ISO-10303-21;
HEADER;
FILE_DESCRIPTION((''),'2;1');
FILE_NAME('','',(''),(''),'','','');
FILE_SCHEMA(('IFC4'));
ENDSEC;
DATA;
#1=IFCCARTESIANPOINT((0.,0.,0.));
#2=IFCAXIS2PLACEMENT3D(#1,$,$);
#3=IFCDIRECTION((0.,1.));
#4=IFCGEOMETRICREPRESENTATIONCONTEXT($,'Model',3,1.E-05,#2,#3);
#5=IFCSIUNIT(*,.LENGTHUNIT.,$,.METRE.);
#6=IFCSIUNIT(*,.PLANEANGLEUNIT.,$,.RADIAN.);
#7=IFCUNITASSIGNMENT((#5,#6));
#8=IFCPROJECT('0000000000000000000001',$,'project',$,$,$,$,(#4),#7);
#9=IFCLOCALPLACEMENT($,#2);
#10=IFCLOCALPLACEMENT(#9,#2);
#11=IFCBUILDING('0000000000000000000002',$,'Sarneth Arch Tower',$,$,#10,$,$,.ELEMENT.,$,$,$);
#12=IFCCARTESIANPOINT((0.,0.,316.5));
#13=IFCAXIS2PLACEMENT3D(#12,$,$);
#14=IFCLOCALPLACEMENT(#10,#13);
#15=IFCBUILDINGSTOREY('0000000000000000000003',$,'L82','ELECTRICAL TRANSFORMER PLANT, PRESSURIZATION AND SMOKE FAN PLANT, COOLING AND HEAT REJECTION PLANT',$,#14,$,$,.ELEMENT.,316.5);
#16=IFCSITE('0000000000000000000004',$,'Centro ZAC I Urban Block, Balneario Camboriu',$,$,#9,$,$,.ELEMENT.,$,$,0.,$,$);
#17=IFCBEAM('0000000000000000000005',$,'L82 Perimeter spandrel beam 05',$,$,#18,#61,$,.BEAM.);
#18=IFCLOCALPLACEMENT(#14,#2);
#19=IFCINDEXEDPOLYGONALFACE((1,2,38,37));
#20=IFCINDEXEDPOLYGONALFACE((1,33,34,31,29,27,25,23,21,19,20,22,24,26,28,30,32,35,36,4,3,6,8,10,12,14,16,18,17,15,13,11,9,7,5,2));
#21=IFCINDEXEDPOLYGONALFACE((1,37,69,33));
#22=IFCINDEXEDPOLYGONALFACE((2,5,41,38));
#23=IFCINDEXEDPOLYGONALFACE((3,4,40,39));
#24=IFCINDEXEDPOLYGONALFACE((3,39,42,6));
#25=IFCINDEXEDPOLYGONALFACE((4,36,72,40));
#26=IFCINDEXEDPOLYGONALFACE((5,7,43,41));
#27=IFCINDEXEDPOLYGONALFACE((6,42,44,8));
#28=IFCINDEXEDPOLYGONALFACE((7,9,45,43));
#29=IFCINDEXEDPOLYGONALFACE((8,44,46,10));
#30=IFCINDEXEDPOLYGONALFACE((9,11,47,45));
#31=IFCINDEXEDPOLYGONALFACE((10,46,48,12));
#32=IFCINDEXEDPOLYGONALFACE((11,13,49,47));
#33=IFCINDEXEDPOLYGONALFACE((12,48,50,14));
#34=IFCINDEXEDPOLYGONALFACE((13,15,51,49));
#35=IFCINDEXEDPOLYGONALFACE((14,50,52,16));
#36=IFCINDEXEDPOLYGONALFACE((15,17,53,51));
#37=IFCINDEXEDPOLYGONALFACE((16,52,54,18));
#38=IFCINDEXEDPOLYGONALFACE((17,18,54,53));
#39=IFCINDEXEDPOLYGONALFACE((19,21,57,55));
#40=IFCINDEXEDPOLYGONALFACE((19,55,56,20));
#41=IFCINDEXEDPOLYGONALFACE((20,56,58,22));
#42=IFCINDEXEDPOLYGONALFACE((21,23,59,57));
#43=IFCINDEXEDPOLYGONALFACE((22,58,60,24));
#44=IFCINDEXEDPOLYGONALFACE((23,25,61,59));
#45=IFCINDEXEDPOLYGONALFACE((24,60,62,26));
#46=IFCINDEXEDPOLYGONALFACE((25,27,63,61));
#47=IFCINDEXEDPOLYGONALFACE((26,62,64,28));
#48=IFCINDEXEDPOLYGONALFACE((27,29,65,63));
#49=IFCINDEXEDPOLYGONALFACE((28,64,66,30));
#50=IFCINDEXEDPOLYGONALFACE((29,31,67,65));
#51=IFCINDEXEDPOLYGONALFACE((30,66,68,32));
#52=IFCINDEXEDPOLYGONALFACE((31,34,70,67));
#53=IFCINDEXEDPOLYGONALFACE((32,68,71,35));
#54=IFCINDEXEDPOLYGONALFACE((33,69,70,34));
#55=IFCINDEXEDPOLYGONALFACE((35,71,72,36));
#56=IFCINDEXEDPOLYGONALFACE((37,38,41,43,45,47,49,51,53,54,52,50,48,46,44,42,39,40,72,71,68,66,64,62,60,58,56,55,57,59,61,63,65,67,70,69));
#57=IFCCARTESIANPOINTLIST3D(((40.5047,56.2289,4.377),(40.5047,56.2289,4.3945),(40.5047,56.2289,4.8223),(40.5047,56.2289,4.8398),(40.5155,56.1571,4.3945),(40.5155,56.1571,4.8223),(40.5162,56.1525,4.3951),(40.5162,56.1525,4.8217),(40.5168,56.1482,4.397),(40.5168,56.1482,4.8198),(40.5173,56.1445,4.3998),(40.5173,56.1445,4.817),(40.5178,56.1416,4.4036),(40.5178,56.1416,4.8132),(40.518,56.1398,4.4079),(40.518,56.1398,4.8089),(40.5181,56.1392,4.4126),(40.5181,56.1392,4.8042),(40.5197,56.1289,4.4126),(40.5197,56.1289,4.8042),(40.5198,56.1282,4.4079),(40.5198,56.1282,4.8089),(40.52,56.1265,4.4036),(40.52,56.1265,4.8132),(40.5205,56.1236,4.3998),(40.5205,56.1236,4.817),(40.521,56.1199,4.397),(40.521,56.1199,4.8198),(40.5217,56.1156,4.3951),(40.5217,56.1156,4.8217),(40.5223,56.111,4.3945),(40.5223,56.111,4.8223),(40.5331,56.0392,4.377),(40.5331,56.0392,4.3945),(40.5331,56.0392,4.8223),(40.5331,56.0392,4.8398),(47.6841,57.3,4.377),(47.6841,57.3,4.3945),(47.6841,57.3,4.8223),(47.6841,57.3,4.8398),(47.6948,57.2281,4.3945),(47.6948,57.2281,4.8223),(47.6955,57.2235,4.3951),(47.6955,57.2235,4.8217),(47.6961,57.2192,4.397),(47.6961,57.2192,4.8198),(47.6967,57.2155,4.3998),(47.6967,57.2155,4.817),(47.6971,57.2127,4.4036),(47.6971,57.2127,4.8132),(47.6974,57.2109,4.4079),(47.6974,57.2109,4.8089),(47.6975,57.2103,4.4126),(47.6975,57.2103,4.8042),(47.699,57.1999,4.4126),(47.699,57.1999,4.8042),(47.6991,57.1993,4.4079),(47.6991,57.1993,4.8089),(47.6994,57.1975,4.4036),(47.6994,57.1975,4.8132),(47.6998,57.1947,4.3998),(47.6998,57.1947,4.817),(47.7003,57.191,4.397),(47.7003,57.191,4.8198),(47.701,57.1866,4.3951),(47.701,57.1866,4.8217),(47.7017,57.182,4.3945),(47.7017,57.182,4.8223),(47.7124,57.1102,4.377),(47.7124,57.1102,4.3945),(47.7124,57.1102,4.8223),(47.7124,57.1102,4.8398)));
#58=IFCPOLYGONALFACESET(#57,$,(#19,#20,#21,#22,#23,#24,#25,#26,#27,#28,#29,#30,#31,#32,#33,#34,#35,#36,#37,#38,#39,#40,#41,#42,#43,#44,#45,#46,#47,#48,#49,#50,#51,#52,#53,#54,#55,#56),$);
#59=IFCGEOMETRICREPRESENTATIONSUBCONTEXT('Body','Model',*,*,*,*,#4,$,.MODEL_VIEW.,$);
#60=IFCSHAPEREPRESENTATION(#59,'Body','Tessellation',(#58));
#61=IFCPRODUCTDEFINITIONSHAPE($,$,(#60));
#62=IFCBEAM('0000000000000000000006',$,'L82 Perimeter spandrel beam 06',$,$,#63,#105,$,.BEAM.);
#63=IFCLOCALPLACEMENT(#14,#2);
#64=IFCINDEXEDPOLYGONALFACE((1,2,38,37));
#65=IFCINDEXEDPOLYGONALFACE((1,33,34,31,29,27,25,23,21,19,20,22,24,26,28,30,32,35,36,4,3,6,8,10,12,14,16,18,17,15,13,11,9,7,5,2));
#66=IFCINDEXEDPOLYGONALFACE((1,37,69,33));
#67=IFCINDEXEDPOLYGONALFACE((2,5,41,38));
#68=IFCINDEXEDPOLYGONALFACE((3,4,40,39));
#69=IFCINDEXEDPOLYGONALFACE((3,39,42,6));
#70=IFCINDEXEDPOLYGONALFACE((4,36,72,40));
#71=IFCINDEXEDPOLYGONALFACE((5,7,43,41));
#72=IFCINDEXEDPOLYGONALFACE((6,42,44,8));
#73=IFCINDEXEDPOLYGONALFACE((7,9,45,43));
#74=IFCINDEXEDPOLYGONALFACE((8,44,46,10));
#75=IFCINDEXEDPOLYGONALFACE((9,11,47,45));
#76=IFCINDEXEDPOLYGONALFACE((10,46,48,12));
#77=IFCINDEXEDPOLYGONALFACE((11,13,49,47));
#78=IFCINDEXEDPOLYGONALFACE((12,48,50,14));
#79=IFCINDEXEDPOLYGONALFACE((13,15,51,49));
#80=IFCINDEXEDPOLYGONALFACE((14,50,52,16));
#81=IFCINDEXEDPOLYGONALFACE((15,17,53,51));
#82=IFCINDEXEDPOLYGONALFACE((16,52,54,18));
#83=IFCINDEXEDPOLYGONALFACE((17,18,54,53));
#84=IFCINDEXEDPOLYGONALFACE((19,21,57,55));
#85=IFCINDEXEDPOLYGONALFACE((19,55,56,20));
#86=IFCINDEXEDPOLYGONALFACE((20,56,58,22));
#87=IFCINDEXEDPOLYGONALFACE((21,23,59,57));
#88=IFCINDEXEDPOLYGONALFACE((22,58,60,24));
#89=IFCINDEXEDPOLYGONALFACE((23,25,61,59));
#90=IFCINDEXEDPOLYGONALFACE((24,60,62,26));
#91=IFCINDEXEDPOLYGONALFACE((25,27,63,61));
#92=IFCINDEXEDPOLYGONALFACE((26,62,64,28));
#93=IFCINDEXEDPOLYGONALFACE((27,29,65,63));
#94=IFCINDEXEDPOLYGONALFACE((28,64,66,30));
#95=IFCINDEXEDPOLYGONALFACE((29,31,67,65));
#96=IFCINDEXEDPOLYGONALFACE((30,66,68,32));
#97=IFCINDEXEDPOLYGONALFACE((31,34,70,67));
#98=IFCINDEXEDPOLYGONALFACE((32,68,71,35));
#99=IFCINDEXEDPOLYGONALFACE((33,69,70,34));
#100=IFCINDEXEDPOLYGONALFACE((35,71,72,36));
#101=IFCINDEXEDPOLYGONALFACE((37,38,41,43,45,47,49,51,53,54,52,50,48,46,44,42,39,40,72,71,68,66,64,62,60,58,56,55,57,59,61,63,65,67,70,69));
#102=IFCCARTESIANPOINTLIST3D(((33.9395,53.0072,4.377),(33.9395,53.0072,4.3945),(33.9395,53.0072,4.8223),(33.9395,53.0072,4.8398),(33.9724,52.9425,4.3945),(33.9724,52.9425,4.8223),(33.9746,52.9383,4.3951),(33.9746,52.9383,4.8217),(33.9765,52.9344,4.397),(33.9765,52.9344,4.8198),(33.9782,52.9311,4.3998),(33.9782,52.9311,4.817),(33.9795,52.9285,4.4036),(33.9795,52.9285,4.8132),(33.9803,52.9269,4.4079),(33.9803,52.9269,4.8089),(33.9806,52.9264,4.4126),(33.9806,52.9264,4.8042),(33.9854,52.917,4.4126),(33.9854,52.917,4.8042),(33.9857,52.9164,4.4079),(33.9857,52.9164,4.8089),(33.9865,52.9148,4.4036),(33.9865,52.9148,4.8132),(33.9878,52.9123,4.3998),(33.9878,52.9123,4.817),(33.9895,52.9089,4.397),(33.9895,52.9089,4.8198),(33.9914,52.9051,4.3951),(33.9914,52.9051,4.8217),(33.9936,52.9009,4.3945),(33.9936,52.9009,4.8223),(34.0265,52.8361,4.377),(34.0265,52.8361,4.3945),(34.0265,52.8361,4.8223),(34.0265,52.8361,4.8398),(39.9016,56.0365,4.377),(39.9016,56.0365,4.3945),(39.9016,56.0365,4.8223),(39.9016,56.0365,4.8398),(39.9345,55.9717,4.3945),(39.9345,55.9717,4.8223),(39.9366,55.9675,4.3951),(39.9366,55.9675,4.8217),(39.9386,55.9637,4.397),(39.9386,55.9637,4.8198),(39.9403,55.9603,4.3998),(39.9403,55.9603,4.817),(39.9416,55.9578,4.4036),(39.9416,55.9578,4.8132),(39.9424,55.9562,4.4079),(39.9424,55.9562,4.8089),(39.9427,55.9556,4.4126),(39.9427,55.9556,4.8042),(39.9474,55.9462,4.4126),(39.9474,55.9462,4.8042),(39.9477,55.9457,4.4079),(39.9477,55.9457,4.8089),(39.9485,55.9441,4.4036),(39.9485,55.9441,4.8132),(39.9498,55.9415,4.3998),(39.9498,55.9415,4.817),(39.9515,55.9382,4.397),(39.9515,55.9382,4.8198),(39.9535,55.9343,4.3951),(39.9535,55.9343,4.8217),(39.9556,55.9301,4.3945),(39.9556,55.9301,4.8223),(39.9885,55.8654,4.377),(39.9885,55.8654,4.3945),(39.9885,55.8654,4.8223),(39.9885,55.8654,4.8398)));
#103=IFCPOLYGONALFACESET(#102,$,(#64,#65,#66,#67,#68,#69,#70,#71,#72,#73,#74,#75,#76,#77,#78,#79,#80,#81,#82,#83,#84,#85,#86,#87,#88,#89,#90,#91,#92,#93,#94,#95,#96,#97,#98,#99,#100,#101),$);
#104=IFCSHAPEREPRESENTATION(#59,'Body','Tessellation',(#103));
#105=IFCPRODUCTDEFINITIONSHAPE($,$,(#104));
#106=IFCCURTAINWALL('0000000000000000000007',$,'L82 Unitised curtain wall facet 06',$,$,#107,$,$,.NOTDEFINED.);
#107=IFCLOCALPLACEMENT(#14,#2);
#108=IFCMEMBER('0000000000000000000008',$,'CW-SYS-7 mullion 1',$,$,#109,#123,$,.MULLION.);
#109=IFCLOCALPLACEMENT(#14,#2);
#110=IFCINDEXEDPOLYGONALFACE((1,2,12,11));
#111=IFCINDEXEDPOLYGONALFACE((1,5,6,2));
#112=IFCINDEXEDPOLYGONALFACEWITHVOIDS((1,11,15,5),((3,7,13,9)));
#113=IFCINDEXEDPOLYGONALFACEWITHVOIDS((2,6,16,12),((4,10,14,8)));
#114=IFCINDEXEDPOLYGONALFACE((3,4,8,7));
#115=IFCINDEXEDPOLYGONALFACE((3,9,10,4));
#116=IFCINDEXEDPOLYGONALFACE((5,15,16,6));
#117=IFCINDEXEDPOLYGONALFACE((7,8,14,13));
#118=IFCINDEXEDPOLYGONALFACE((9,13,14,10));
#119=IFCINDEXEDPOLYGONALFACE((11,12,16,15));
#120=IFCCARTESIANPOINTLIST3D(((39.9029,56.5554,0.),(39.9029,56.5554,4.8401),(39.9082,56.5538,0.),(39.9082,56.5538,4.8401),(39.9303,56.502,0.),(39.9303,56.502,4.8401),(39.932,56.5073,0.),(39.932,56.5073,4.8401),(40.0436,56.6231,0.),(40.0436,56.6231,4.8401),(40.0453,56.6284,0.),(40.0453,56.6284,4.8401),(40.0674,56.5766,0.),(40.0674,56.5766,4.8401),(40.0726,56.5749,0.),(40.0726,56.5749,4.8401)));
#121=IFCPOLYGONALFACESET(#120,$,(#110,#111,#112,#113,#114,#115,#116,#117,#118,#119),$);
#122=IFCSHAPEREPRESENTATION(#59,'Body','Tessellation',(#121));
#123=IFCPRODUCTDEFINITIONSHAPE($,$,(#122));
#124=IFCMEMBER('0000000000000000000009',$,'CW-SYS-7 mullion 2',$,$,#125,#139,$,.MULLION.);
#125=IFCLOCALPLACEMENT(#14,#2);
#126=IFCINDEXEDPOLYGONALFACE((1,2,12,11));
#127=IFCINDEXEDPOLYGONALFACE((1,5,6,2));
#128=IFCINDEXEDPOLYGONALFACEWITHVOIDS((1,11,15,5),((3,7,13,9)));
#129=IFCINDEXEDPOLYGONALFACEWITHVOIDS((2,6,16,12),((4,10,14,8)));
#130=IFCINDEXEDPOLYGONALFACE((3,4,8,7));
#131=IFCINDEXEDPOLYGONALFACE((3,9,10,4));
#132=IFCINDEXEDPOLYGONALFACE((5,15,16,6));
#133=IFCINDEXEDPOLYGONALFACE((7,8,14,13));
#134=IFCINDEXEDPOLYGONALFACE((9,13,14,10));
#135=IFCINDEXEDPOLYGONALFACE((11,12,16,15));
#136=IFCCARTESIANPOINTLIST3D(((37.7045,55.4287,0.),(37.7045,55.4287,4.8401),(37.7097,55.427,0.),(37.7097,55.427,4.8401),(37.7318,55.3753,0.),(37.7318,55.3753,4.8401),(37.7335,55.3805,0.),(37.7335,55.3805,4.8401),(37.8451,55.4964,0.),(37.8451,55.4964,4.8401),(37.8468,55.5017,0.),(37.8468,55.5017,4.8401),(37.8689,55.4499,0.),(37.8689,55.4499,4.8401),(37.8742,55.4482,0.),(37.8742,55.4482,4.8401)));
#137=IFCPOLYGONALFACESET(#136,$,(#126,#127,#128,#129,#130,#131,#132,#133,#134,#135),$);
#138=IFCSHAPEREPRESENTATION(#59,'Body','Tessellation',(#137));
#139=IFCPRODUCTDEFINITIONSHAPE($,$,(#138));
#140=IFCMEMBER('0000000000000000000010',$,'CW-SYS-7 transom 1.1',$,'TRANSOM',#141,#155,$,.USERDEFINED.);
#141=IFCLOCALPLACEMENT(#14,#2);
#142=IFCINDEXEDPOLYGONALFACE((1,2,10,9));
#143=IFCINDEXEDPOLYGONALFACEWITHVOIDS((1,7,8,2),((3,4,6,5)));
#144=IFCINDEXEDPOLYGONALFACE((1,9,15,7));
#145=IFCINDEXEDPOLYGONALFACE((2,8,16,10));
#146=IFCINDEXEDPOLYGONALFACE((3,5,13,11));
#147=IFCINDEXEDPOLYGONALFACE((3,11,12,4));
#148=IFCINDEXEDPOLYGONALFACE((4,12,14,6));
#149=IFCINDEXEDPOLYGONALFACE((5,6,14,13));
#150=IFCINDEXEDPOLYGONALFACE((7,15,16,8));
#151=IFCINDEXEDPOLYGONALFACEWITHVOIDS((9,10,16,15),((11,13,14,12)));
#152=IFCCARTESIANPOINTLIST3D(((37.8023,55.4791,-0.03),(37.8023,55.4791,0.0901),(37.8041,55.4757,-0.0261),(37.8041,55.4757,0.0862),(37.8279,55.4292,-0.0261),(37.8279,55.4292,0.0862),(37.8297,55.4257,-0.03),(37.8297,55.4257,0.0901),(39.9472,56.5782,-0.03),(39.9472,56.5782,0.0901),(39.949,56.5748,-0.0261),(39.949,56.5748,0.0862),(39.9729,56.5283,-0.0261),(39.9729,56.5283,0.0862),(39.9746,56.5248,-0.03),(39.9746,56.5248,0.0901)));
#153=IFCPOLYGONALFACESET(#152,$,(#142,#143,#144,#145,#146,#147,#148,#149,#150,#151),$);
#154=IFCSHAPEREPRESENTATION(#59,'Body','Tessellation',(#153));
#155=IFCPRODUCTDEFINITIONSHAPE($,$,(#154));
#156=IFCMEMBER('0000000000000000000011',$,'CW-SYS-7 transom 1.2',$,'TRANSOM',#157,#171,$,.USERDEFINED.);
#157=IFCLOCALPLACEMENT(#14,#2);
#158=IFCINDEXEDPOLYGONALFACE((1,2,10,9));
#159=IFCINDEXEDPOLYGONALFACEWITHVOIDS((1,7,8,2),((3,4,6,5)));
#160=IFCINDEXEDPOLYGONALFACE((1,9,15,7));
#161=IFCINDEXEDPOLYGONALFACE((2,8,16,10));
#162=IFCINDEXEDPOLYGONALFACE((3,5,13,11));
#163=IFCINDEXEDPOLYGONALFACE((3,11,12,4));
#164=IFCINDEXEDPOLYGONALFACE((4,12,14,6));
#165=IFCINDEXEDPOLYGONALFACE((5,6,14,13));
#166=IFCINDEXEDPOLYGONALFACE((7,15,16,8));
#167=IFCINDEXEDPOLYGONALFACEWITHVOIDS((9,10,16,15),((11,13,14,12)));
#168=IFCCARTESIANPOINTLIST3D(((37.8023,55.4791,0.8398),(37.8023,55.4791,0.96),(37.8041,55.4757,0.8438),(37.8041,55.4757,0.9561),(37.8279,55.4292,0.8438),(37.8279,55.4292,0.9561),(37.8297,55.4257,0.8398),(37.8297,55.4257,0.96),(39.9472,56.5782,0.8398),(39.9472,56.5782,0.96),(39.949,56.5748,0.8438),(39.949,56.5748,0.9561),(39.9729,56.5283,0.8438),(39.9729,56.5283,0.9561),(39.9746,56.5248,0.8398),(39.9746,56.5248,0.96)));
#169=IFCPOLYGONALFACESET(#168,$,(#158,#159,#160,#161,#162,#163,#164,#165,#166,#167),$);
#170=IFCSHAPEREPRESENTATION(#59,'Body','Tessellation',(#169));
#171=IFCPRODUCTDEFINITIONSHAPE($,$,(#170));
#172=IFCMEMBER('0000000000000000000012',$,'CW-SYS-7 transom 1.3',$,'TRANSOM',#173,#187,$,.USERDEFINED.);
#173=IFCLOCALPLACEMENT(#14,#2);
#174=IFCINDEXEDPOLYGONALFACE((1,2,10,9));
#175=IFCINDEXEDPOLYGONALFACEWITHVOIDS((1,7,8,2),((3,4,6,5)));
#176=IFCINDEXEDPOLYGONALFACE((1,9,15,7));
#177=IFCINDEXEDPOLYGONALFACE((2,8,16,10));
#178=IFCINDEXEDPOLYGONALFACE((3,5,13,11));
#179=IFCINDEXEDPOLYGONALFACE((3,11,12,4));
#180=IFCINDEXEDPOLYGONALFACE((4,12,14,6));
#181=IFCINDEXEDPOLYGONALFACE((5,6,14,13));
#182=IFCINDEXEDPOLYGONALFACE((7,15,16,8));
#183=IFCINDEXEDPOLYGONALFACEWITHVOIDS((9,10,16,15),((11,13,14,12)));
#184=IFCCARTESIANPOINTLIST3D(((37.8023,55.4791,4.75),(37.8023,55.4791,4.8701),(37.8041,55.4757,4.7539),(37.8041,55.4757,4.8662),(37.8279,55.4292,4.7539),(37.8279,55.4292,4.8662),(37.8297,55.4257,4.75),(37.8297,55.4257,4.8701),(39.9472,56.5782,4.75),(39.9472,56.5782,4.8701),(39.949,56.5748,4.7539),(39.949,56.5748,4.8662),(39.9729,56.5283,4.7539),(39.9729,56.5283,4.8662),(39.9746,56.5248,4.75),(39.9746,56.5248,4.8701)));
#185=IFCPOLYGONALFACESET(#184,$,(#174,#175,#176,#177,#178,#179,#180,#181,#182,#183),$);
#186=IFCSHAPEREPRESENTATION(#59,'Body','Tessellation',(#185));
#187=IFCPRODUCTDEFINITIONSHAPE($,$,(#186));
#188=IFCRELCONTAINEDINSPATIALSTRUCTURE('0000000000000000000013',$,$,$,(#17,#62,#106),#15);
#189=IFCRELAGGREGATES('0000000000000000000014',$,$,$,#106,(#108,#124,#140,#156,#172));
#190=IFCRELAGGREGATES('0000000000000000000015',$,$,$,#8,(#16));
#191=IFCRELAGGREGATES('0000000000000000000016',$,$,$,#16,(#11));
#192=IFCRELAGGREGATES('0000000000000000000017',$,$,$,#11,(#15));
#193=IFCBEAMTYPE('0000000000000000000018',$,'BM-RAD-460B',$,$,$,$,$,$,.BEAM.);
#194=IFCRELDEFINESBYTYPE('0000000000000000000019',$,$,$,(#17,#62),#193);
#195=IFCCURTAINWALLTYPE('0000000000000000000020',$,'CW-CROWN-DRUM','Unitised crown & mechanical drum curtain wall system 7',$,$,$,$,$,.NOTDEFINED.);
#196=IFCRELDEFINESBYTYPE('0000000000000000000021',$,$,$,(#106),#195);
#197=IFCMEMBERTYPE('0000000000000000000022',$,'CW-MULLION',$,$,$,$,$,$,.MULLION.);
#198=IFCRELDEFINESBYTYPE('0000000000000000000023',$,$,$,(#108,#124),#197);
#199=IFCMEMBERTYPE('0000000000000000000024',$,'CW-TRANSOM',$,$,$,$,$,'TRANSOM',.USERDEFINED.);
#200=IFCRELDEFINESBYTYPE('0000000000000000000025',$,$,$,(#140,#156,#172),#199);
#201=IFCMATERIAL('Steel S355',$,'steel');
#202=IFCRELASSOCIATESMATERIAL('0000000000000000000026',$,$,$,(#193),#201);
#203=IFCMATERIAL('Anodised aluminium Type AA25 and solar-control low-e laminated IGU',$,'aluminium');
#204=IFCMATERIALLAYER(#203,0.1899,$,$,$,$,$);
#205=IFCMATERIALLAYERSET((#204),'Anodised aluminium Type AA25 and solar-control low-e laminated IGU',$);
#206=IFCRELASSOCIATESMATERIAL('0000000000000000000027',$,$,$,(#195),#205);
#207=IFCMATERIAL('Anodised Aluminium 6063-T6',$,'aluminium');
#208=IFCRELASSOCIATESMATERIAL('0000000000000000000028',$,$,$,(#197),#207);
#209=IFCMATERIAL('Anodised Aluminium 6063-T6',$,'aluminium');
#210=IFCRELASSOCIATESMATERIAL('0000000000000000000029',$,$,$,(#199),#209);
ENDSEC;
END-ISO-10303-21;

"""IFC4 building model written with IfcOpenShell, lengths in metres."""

from ifc_helpers import new_model, si_unit, direction, frame, origin, origin_2d, place, context, subcontext, project, spatial, hollow_rectangle, i_section, extrude, material, layer, layer_set, material_profile, profile_set, type_object, element, aggregate, save


model = new_model("IFC4")

# Units and contexts
model_context = context("Model", 3, precision=1e-05, world=origin(), true_north=direction((0.0, 1.0)))
body_context = subcontext(model_context, "Body", "Model", "MODEL_VIEW")
ifc_project = project(units=[si_unit("LENGTHUNIT", "METRE"), si_unit("PLANEANGLEUNIT", "RADIAN")], contexts=[model_context])

# Site, building, storey
site_placement = place(None, origin())
site = spatial("IfcSite", under=ifc_project, at=site_placement, Name="Centro ZAC I Urban Block, Balneario Camboriu", CompositionType="ELEMENT", RefElevation=0.0)
building_placement = place(site_placement, origin())
building = spatial("IfcBuilding", under=site, at=building_placement, Name="Sarneth Arch Tower", CompositionType="ELEMENT")
storey_placement = place(building_placement, frame((0.0, 0.0, 316.5)))
storey = spatial("IfcBuildingStorey", under=building, at=storey_placement, Name="L82", Description="ELECTRICAL TRANSFORMER PLANT, PRESSURIZATION AND SMOKE FAN PLANT, COOLING AND HEAT REJECTION PLANT", CompositionType="ELEMENT", Elevation=316.5)

# Beams
ifc_material_1 = material(Name="Steel S355", Category="steel")
ifc_material_profile_1 = material_profile(ifc_material_1, i_section(OverallWidth=0.1919, OverallDepth=0.4629, WebThickness=0.0105, FlangeThickness=0.0176, FilletRadius=0.0181, at=origin_2d()), Name="W460x89")
ifc_profile_set_1 = profile_set([ifc_material_profile_1], Name="Steel S355")
beam_type_1 = type_object("IfcBeamType", Name="BM-RAD-460B", PredefinedType="BEAM", material=ifc_profile_set_1)
beam_1_placement = place(storey_placement, frame((47.6982, 57.2051, 4.6084), z_axis=(-0.989055, -0.147549, 0.0), x_axis=(0.147549, -0.989055, 0.0)))
element("IfcBeam", 1, at=beam_1_placement, inside=storey, type_object=beam_type_1, Name="L82 Perimeter spandrel beam 05", PredefinedType="BEAM", context=body_context, shape_type="SweptSolid", body=[
    extrude(i_section(OverallWidth=0.1919, OverallDepth=0.4629, WebThickness=0.0105, FlangeThickness=0.0176, FilletRadius=0.0181, at=origin_2d()), origin(), (0.0, 0.0, 1.0), 7.2588),
])
beam_2_placement = place(storey_placement, frame((39.9451, 55.9509, 4.6084), z_axis=(-0.891525, -0.452972, 0.0), x_axis=(0.452972, -0.891525, 0.0)))
element("IfcBeam", 2, at=beam_2_placement, inside=storey, type_object=beam_type_1, Name="L82 Perimeter spandrel beam 06", PredefinedType="BEAM", context=body_context, shape_type="SweptSolid", body=[
    extrude(i_section(OverallWidth=0.1919, OverallDepth=0.4629, WebThickness=0.0105, FlangeThickness=0.0176, FilletRadius=0.0181, at=origin_2d()), origin(), (0.0, 0.0, 1.0), 6.6875),
])

# Curtain wall, members
ifc_material_2 = material(Name="Anodised aluminium Type AA25 and solar-control low-e laminated IGU", Category="aluminium")
ifc_layer_1 = layer(ifc_material_2, 0.1899)
ifc_layer_set_1 = layer_set([ifc_layer_1], Name="Anodised aluminium Type AA25 and solar-control low-e laminated IGU")
curtain_wall_type = type_object("IfcCurtainWallType", Name="CW-CROWN-DRUM", Description="Unitised crown & mechanical drum curtain wall system 7", PredefinedType="NOTDEFINED", material=ifc_layer_set_1)
curtain_wall_placement = place(storey_placement, origin())
curtain_wall = element("IfcCurtainWall", 3, at=curtain_wall_placement, inside=storey, type_object=curtain_wall_type, Name="L82 Unitised curtain wall facet 06", PredefinedType="NOTDEFINED")
ifc_material_3 = material(Name="Anodised Aluminium 6063-T6", Category="aluminium")
ifc_material_profile_2 = material_profile(ifc_material_3, hollow_rectangle(XDim=0.0601, YDim=0.1599, WallThickness=0.0039, at=origin_2d()), Name="AL-MULL-160x60x4")
ifc_profile_set_2 = profile_set([ifc_material_profile_2], Name="Anodised Aluminium 6063-T6")
member_type_1 = type_object("IfcMemberType", Name="CW-MULLION", PredefinedType="MULLION", material=ifc_profile_set_2)
member_1_placement = place(storey_placement, frame((39.9878, 56.5652, 0.0), z_axis=(0.0, 0.0, 1.0), x_axis=(0.45604, -0.889959, 0.0)))
member_1 = element("IfcMember", 4, at=member_1_placement, type_object=member_type_1, Name="CW-SYS-7 mullion 1", PredefinedType="MULLION", context=body_context, shape_type="SweptSolid", body=[
    extrude(hollow_rectangle(XDim=0.0601, YDim=0.1599, WallThickness=0.0039, at=origin_2d()), origin(), (0.0, 0.0, 1.0), 4.8401),
])
member_2_placement = place(storey_placement, frame((37.7893, 55.4385, 0.0), z_axis=(0.0, 0.0, 1.0), x_axis=(0.45604, -0.889959, 0.0)))
member_2 = element("IfcMember", 5, at=member_2_placement, type_object=member_type_1, Name="CW-SYS-7 mullion 2", PredefinedType="MULLION", context=body_context, shape_type="SweptSolid", body=[
    extrude(hollow_rectangle(XDim=0.0601, YDim=0.1599, WallThickness=0.0039, at=origin_2d()), origin(), (0.0, 0.0, 1.0), 4.8401),
])
ifc_material_4 = material(Name="Anodised Aluminium 6063-T6", Category="aluminium")
ifc_material_profile_3 = material_profile(ifc_material_4, hollow_rectangle(XDim=0.0601, YDim=0.1201, WallThickness=0.0039, at=origin_2d()), Name="AL-TRAN-120x60x4")
ifc_profile_set_3 = profile_set([ifc_material_profile_3], Name="Anodised Aluminium 6063-T6")
member_type_2 = type_object("IfcMemberType", Name="CW-TRANSOM", ElementType="TRANSOM", PredefinedType="USERDEFINED", material=ifc_profile_set_3)
member_3_placement = place(storey_placement, frame((39.9609, 56.5515, 0.03), z_axis=(-0.889967, -0.456025, 0.0), x_axis=(0.456025, -0.889967, 0.0)))
member_3 = element("IfcMember", 6, at=member_3_placement, type_object=member_type_2, Name="CW-SYS-7 transom 1.1", ObjectType="TRANSOM", PredefinedType="USERDEFINED", context=body_context, shape_type="SweptSolid", body=[
    extrude(hollow_rectangle(XDim=0.0601, YDim=0.1201, WallThickness=0.0039, at=origin_2d()), origin(), (0.0, 0.0, 1.0), 2.4102),
])
member_4_placement = place(storey_placement, frame((39.9609, 56.5515, 0.8999), z_axis=(-0.889967, -0.456025, 0.0), x_axis=(0.456025, -0.889967, 0.0)))
member_4 = element("IfcMember", 7, at=member_4_placement, type_object=member_type_2, Name="CW-SYS-7 transom 1.2", ObjectType="TRANSOM", PredefinedType="USERDEFINED", context=body_context, shape_type="SweptSolid", body=[
    extrude(hollow_rectangle(XDim=0.0601, YDim=0.1201, WallThickness=0.0039, at=origin_2d()), origin(), (0.0, 0.0, 1.0), 2.4102),
])
member_5_placement = place(storey_placement, frame((39.9609, 56.5515, 4.8101), z_axis=(-0.889967, -0.456025, 0.0), x_axis=(0.456025, -0.889967, 0.0)))
member_5 = element("IfcMember", 8, at=member_5_placement, type_object=member_type_2, Name="CW-SYS-7 transom 1.3", ObjectType="TRANSOM", PredefinedType="USERDEFINED", context=body_context, shape_type="SweptSolid", body=[
    extrude(hollow_rectangle(XDim=0.0601, YDim=0.1201, WallThickness=0.0039, at=origin_2d()), origin(), (0.0, 0.0, 1.0), 2.4102),
])
aggregate(curtain_wall, [member_1, member_2, member_3, member_4, member_5])

save(model, "model.ifc")
